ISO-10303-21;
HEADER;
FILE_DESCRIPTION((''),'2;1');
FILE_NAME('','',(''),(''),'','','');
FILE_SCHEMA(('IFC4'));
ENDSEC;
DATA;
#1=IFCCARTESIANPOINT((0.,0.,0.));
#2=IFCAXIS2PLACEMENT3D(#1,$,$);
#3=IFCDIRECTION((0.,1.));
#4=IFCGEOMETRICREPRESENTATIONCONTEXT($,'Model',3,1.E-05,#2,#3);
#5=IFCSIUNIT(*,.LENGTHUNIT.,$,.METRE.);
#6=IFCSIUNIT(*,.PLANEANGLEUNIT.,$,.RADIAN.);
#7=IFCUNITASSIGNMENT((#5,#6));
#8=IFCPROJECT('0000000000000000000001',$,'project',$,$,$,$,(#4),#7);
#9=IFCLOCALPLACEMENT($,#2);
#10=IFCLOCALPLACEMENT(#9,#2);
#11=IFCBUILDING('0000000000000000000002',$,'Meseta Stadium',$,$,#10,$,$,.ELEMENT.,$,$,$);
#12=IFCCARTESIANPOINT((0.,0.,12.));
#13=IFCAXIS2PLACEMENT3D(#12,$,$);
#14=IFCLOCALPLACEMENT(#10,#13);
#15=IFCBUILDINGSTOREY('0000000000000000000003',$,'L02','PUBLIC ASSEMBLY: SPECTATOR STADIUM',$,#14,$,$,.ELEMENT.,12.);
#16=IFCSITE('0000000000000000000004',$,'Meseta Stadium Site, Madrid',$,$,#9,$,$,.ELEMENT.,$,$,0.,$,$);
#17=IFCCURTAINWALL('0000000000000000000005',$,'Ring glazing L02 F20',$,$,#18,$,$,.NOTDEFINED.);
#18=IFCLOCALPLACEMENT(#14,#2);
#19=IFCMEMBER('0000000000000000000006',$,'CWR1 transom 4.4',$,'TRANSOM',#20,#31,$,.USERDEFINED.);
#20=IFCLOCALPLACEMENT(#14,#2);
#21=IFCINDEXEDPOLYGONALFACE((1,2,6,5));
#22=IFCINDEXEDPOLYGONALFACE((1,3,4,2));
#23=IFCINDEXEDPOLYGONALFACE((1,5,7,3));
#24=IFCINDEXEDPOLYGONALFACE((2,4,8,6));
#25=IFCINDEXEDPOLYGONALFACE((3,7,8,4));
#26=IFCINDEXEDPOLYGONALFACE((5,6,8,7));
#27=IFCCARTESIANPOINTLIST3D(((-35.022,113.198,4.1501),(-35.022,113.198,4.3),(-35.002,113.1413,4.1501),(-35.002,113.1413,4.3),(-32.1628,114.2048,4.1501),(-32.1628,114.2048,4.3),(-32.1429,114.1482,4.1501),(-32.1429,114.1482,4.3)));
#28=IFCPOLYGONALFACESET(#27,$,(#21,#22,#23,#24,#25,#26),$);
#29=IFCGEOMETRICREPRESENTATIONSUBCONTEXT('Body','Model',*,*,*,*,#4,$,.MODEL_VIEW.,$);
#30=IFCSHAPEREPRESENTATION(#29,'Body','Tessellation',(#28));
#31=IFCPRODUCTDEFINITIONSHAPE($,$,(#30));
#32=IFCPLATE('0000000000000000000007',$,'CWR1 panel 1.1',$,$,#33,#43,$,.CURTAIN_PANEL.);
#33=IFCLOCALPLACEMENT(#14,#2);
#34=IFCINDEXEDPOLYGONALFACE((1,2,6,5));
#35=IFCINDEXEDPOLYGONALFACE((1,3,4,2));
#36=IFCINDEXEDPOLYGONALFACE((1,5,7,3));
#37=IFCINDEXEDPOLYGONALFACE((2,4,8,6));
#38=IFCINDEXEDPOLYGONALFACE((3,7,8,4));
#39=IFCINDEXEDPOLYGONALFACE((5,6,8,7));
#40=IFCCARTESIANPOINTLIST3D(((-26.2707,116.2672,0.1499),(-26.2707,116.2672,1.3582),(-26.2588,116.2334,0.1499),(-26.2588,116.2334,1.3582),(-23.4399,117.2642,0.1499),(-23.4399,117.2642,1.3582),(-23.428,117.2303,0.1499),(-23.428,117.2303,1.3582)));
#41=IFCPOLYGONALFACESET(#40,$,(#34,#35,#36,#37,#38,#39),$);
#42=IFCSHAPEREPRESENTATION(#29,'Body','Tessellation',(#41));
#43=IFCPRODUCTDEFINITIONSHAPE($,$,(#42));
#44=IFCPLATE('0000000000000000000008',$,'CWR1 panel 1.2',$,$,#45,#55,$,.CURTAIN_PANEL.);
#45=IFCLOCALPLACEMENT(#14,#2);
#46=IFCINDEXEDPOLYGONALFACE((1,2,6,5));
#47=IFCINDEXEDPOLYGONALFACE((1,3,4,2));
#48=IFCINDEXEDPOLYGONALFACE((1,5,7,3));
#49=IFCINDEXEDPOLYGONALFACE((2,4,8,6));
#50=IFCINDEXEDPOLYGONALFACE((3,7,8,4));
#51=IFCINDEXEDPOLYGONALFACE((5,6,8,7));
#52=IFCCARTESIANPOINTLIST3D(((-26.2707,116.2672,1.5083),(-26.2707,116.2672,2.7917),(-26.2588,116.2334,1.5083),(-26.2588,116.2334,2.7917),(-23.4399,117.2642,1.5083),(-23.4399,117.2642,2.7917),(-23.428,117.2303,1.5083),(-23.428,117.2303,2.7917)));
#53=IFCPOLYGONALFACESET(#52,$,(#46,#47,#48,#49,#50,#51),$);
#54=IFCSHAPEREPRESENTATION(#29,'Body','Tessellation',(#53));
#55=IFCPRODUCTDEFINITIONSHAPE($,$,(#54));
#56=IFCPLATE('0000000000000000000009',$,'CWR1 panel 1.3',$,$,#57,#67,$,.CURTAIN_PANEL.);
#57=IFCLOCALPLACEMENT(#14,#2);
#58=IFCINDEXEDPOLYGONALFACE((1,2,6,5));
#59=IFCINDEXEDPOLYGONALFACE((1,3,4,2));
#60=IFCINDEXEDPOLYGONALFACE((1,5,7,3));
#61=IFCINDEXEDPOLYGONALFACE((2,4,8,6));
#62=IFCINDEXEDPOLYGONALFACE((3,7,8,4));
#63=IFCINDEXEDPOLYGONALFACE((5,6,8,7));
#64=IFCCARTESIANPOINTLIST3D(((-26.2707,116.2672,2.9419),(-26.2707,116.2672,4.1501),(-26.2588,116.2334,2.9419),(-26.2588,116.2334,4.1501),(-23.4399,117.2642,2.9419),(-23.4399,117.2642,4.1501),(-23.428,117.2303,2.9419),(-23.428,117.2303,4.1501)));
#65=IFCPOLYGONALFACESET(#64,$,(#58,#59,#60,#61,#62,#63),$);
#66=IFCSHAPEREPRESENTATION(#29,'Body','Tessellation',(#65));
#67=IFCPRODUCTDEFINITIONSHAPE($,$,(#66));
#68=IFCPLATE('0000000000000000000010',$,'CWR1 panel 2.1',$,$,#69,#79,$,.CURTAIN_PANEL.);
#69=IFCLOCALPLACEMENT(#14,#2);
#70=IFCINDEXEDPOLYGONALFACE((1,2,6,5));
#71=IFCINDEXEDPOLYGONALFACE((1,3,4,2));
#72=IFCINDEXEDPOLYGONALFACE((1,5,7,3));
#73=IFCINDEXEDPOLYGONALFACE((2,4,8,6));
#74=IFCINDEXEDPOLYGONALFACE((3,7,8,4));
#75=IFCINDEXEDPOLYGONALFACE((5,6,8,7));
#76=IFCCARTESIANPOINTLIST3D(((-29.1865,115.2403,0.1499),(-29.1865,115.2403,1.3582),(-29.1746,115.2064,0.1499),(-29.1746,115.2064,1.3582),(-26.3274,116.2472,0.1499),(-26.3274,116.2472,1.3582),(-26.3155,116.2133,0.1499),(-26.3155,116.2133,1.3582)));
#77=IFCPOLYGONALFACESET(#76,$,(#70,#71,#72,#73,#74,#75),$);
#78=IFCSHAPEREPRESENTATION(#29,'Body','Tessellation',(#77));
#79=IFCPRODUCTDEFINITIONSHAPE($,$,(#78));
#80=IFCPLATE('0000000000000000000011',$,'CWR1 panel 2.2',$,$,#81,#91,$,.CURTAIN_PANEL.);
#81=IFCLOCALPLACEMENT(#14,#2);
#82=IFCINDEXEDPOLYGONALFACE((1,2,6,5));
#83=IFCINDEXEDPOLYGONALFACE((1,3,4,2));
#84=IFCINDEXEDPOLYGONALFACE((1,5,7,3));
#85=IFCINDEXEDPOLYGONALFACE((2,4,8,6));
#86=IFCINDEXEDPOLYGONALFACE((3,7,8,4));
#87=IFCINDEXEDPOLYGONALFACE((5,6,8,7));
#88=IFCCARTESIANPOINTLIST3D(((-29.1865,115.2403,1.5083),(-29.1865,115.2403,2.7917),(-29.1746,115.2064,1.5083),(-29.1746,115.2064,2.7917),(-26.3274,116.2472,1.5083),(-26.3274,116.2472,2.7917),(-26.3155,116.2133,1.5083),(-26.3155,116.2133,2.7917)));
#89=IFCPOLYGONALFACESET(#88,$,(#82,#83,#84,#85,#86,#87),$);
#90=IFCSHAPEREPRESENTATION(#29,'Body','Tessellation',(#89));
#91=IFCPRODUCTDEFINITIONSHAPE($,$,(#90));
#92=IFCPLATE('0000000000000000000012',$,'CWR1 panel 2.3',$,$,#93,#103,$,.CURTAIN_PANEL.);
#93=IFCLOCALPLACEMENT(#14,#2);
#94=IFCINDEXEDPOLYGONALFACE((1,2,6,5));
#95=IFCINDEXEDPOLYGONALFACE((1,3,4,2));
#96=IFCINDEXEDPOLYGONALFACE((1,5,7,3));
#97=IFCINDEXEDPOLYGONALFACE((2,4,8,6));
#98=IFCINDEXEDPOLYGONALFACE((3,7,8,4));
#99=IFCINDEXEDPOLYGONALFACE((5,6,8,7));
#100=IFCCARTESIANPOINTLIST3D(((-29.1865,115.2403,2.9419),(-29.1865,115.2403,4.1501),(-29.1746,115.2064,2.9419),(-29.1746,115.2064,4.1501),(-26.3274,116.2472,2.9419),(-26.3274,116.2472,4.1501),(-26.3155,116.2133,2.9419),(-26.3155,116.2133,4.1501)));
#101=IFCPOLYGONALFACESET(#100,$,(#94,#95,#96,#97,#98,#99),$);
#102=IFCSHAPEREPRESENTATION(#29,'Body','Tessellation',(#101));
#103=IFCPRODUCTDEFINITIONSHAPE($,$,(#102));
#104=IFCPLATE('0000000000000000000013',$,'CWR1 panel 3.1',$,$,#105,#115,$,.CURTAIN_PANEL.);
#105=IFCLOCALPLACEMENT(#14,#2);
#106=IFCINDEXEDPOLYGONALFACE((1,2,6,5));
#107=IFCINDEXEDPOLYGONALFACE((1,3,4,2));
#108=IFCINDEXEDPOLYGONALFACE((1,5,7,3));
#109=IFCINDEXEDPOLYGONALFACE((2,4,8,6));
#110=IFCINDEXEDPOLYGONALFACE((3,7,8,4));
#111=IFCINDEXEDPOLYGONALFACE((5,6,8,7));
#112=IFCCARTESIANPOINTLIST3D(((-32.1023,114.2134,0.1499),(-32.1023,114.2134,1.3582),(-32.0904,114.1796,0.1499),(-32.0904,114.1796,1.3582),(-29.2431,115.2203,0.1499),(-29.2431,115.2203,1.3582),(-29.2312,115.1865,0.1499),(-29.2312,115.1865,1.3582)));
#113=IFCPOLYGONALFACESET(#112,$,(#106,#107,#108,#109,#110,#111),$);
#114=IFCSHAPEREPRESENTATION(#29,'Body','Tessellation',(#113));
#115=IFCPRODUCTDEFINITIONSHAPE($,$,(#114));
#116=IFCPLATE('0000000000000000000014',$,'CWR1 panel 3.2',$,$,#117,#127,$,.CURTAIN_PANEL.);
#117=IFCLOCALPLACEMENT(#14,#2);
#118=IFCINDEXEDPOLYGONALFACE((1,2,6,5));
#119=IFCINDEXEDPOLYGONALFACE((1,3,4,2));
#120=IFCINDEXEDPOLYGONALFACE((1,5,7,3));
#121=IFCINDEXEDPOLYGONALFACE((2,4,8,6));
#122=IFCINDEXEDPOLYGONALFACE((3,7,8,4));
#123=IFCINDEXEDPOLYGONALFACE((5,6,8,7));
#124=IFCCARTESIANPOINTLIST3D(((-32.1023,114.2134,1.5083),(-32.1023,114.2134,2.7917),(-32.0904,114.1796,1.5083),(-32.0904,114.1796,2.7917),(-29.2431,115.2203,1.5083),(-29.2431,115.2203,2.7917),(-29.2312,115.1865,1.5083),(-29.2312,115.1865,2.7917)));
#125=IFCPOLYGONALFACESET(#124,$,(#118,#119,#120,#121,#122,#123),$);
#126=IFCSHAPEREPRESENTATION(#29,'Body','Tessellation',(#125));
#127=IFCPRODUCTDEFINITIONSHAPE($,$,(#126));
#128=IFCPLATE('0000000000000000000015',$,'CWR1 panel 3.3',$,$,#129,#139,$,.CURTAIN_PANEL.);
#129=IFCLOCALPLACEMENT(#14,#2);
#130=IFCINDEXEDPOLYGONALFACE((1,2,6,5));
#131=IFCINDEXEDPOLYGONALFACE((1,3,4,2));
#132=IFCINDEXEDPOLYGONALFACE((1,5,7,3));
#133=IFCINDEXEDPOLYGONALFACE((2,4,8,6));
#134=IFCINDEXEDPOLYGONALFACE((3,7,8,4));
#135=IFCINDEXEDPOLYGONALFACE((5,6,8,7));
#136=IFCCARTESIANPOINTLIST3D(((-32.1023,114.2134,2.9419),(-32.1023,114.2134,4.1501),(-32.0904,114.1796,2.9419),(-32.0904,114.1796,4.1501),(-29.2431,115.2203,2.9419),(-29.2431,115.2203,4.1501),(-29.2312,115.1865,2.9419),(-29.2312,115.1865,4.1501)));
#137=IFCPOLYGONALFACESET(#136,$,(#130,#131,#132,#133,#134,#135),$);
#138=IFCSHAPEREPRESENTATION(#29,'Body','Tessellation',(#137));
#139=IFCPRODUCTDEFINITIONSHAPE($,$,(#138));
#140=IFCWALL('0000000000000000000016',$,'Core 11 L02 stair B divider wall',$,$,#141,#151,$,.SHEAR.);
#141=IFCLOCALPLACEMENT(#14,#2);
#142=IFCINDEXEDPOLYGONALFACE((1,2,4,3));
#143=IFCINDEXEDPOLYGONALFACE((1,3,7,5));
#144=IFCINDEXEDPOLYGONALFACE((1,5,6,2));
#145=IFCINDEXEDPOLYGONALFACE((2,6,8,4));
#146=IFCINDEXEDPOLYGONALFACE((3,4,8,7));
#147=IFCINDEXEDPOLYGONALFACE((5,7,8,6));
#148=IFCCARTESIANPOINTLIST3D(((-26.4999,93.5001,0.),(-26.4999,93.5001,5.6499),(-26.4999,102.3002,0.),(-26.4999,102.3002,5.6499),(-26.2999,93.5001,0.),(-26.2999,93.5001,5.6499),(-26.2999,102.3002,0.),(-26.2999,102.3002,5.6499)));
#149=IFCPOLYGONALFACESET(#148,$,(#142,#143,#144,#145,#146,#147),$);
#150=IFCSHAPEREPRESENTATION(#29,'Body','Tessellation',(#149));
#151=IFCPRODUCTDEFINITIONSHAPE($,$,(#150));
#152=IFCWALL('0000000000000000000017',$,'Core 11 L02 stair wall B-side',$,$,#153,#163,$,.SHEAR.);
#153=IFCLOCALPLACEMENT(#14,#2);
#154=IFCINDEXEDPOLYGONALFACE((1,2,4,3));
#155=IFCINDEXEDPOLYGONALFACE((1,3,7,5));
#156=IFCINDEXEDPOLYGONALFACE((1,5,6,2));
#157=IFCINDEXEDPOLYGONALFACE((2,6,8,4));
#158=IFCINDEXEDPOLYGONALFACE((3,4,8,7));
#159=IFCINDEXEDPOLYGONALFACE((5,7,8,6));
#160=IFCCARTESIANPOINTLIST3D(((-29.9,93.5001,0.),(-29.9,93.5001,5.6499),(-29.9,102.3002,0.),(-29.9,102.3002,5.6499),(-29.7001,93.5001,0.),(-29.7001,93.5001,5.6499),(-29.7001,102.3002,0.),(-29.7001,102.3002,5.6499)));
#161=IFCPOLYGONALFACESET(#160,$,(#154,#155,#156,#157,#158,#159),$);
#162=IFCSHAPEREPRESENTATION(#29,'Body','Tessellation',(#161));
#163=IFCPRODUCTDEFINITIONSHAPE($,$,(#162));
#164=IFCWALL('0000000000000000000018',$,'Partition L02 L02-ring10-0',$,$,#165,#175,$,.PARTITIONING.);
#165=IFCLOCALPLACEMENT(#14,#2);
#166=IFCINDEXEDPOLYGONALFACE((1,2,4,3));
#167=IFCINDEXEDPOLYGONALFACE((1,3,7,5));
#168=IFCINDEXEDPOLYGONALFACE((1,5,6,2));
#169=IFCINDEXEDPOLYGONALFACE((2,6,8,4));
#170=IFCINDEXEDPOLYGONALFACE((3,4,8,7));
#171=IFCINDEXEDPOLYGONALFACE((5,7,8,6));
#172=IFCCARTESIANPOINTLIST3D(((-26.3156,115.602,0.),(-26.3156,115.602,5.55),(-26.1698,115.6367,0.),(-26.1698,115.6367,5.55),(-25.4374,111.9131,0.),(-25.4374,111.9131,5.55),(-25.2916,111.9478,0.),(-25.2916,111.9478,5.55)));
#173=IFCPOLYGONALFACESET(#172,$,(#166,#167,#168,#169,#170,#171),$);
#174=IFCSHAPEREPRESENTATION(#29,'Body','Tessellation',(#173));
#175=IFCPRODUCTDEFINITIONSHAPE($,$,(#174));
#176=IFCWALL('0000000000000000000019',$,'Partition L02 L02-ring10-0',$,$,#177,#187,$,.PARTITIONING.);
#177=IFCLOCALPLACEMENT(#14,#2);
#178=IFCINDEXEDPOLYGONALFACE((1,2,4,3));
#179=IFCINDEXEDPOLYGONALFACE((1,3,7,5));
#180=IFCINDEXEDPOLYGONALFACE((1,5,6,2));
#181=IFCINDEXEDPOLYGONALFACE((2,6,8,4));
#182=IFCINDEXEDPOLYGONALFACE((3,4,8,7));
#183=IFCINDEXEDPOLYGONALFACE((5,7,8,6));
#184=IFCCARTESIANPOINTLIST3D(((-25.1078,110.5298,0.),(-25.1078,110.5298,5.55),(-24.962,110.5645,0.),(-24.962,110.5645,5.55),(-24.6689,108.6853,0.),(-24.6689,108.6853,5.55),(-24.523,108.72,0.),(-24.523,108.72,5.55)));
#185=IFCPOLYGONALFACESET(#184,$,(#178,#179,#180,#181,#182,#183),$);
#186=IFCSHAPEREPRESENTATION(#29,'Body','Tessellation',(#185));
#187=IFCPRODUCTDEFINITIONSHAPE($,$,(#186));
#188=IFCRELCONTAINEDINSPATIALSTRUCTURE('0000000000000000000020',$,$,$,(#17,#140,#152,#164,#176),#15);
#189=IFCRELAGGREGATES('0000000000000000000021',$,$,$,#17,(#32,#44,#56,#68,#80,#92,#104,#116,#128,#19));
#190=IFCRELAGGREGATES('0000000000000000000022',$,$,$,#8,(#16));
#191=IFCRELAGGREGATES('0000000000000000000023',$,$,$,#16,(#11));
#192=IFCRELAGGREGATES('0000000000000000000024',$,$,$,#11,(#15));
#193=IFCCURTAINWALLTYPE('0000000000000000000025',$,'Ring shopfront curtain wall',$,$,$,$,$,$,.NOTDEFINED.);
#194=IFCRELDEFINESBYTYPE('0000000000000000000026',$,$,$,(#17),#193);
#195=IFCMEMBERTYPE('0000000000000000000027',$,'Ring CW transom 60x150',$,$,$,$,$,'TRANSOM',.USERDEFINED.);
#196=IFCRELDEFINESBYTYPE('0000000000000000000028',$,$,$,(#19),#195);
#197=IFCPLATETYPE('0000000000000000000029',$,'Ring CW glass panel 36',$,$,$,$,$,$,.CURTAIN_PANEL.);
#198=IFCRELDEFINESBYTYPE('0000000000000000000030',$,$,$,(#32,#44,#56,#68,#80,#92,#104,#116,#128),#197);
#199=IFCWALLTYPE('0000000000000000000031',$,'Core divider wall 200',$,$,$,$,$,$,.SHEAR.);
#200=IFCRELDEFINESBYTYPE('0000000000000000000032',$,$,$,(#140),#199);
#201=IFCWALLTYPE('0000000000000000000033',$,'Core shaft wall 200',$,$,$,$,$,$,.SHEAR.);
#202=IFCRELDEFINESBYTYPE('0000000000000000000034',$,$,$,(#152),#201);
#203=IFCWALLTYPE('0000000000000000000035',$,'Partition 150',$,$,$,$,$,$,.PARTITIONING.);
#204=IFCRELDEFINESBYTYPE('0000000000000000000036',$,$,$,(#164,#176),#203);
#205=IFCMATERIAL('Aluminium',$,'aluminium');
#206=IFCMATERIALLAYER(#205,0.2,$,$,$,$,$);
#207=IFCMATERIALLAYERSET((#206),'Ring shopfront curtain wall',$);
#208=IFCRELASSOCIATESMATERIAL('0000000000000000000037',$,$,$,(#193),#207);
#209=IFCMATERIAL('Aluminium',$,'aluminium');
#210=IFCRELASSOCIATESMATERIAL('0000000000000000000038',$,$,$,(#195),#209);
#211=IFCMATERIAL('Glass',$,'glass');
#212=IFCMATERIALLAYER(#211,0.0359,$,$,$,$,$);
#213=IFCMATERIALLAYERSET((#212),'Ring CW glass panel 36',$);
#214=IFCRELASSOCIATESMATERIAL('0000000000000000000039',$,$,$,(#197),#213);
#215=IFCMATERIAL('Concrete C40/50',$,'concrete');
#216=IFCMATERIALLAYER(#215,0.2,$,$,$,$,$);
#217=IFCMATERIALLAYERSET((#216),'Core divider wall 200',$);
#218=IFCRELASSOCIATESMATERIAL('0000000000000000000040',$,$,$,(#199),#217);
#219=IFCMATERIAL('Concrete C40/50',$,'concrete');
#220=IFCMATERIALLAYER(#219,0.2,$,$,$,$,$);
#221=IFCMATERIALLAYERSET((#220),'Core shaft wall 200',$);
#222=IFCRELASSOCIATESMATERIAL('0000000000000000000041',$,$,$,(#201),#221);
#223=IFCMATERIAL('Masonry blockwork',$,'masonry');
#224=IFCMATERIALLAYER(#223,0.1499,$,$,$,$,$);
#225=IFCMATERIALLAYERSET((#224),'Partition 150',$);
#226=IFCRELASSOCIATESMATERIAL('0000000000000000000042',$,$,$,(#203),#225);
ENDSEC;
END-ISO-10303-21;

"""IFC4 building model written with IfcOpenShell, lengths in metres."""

from ifc_helpers import new_model, si_unit, direction, frame, frame_2d, origin, origin_2d, place, context, subcontext, project, spatial, rectangle, extrude, material, layer, layer_set, material_profile, profile_set, type_object, element, aggregate, save


model = new_model("IFC4")

# Units and contexts
model_context = context("Model", 3, precision=1e-05, world=origin(), true_north=direction((0.0, 1.0)))
body_context = subcontext(model_context, "Body", "Model", "MODEL_VIEW")
ifc_project = project(units=[si_unit("LENGTHUNIT", "METRE"), si_unit("PLANEANGLEUNIT", "RADIAN")], contexts=[model_context])

# Site, building, storey
site_placement = place(None, origin())
site = spatial("IfcSite", under=ifc_project, at=site_placement, Name="Meseta Stadium Site, Madrid", CompositionType="ELEMENT", RefElevation=0.0)
building_placement = place(site_placement, origin())
building = spatial("IfcBuilding", under=site, at=building_placement, Name="Meseta Stadium", CompositionType="ELEMENT")
storey_placement = place(building_placement, frame((0.0, 0.0, 12.0)))
storey = spatial("IfcBuildingStorey", under=building, at=storey_placement, Name="L02", Description="PUBLIC ASSEMBLY: SPECTATOR STADIUM", CompositionType="ELEMENT", Elevation=12.0)

# Curtain wall, member, plates
ifc_material_1 = material(Name="Aluminium", Category="aluminium")
ifc_layer_1 = layer(ifc_material_1, 0.2)
ifc_layer_set_1 = layer_set([ifc_layer_1], Name="Ring shopfront curtain wall")
curtain_wall_type = type_object("IfcCurtainWallType", Name="Ring shopfront curtain wall", PredefinedType="NOTDEFINED", material=ifc_layer_set_1)
curtain_wall_placement = place(storey_placement, origin())
curtain_wall = element("IfcCurtainWall", 1, at=curtain_wall_placement, inside=storey, type_object=curtain_wall_type, Name="Ring glazing L02 F20", PredefinedType="NOTDEFINED")
ifc_material_2 = material(Name="Aluminium", Category="aluminium")
ifc_material_profile_1 = material_profile(ifc_material_2, rectangle(XDim=0.0601, YDim=0.1499, at=origin_2d()), Name="CW 60x150")
ifc_profile_set_1 = profile_set([ifc_material_profile_1], Name="Aluminium")
member_type_1 = type_object("IfcMemberType", Name="Ring CW transom 60x150", ElementType="TRANSOM", PredefinedType="USERDEFINED", material=ifc_profile_set_1)
member_1_placement = place(storey_placement, frame((-32.1528, 114.1765, 4.2251), z_axis=(-0.943225, -0.332154, 0.0), x_axis=(0.332154, -0.943225, 0.0)))
member_1 = element("IfcMember", 2, at=member_1_placement, type_object=member_type_1, Name="CWR1 transom 4.4", ObjectType="TRANSOM", PredefinedType="USERDEFINED", context=body_context, shape_type="SweptSolid", body=[
    extrude(rectangle(XDim=0.0601, YDim=0.1499, at=origin_2d()), origin(), (0.0, 0.0, 1.0), 3.0312),
])
ifc_material_3 = material(Name="Glass", Category="glass")
ifc_layer_2 = layer(ifc_material_3, 0.0359)
ifc_layer_set_2 = layer_set([ifc_layer_2], Name="Ring CW glass panel 36")
plate_type = type_object("IfcPlateType", Name="Ring CW glass panel 36", PredefinedType="CURTAIN_PANEL", material=ifc_layer_set_2)
plate_1_placement = place(storey_placement, frame((-24.8494, 116.7488, 0.1499), z_axis=(0.0, 0.0, 1.0), x_axis=(-0.943218, -0.332174, 0.0)))
plate_1 = element("IfcPlate", 3, at=plate_1_placement, type_object=plate_type, Name="CWR1 panel 1.1", PredefinedType="CURTAIN_PANEL", context=body_context, shape_type="SweptSolid", body=[
    extrude(rectangle(XDim=3.0012, YDim=0.0359, at=origin_2d()), origin(), (0.0, 0.0, 1.0), 1.2083),
])
plate_2_placement = place(storey_placement, frame((-24.8494, 116.7488, 1.5083), z_axis=(0.0, 0.0, 1.0), x_axis=(-0.943218, -0.332174, 0.0)))
plate_2 = element("IfcPlate", 4, at=plate_2_placement, type_object=plate_type, Name="CWR1 panel 1.2", PredefinedType="CURTAIN_PANEL", context=body_context, shape_type="SweptSolid", body=[
    extrude(rectangle(XDim=3.0012, YDim=0.0359, at=origin_2d()), origin(), (0.0, 0.0, 1.0), 1.2834),
])
plate_3_placement = place(storey_placement, frame((-24.8494, 116.7488, 2.9419), z_axis=(0.0, 0.0, 1.0), x_axis=(-0.943218, -0.332174, 0.0)))
plate_3 = element("IfcPlate", 5, at=plate_3_placement, type_object=plate_type, Name="CWR1 panel 1.3", PredefinedType="CURTAIN_PANEL", context=body_context, shape_type="SweptSolid", body=[
    extrude(rectangle(XDim=3.0012, YDim=0.0359, at=origin_2d()), origin(), (0.0, 0.0, 1.0), 1.2083),
])
plate_4_placement = place(storey_placement, frame((-27.751, 115.7268, 0.1499), z_axis=(0.0, 0.0, 1.0), x_axis=(-0.943218, -0.332174, 0.0)))
plate_4 = element("IfcPlate", 6, at=plate_4_placement, type_object=plate_type, Name="CWR1 panel 2.1", PredefinedType="CURTAIN_PANEL", context=body_context, shape_type="SweptSolid", body=[
    extrude(rectangle(XDim=3.0312, YDim=0.0359, at=origin_2d()), origin(), (0.0, 0.0, 1.0), 1.2083),
])
plate_5_placement = place(storey_placement, frame((-27.751, 115.7268, 1.5083), z_axis=(0.0, 0.0, 1.0), x_axis=(-0.943218, -0.332174, 0.0)))
plate_5 = element("IfcPlate", 7, at=plate_5_placement, type_object=plate_type, Name="CWR1 panel 2.2", PredefinedType="CURTAIN_PANEL", context=body_context, shape_type="SweptSolid", body=[
    extrude(rectangle(XDim=3.0312, YDim=0.0359, at=origin_2d()), origin(), (0.0, 0.0, 1.0), 1.2834),
])
plate_6_placement = place(storey_placement, frame((-27.751, 115.7268, 2.9419), z_axis=(0.0, 0.0, 1.0), x_axis=(-0.943218, -0.332174, 0.0)))
plate_6 = element("IfcPlate", 8, at=plate_6_placement, type_object=plate_type, Name="CWR1 panel 2.3", PredefinedType="CURTAIN_PANEL", context=body_context, shape_type="SweptSolid", body=[
    extrude(rectangle(XDim=3.0312, YDim=0.0359, at=origin_2d()), origin(), (0.0, 0.0, 1.0), 1.2083),
])
plate_7_placement = place(storey_placement, frame((-30.6667, 114.7, 0.1499), z_axis=(0.0, 0.0, 1.0), x_axis=(-0.943218, -0.332174, 0.0)))
plate_7 = element("IfcPlate", 9, at=plate_7_placement, type_object=plate_type, Name="CWR1 panel 3.1", PredefinedType="CURTAIN_PANEL", context=body_context, shape_type="SweptSolid", body=[
    extrude(rectangle(XDim=3.0312, YDim=0.0359, at=origin_2d()), origin(), (0.0, 0.0, 1.0), 1.2083),
])
plate_8_placement = place(storey_placement, frame((-30.6667, 114.7, 1.5083), z_axis=(0.0, 0.0, 1.0), x_axis=(-0.943218, -0.332174, 0.0)))
plate_8 = element("IfcPlate", 10, at=plate_8_placement, type_object=plate_type, Name="CWR1 panel 3.2", PredefinedType="CURTAIN_PANEL", context=body_context, shape_type="SweptSolid", body=[
    extrude(rectangle(XDim=3.0312, YDim=0.0359, at=origin_2d()), origin(), (0.0, 0.0, 1.0), 1.2834),
])
plate_9_placement = place(storey_placement, frame((-30.6667, 114.7, 2.9419), z_axis=(0.0, 0.0, 1.0), x_axis=(-0.943218, -0.332174, 0.0)))
plate_9 = element("IfcPlate", 11, at=plate_9_placement, type_object=plate_type, Name="CWR1 panel 3.3", PredefinedType="CURTAIN_PANEL", context=body_context, shape_type="SweptSolid", body=[
    extrude(rectangle(XDim=3.0312, YDim=0.0359, at=origin_2d()), origin(), (0.0, 0.0, 1.0), 1.2083),
])
aggregate(curtain_wall, [plate_1, plate_2, plate_3, plate_4, plate_5, plate_6, plate_7, plate_8, plate_9, member_1])

# Walls
ifc_material_4 = material(Name="Concrete C40/50", Category="concrete")
ifc_layer_3 = layer(ifc_material_4, 0.2)
ifc_layer_set_3 = layer_set([ifc_layer_3], Name="Core divider wall 200")
wall_type_1 = type_object("IfcWallType", Name="Core divider wall 200", PredefinedType="SHEAR", material=ifc_layer_set_3)
wall_1_placement = place(storey_placement, frame((-26.3999, 102.3, 0.0), z_axis=(0.0, 0.0, 1.0), x_axis=(0.0, -1.0, 0.0)))
element("IfcWall", 12, at=wall_1_placement, inside=storey, type_object=wall_type_1, Name="Core 11 L02 stair B divider wall", PredefinedType="SHEAR", context=body_context, shape_type="SweptSolid", body=[
    extrude(rectangle(XDim=8.8, YDim=0.2, at=frame_2d((4.3999, 0.0))), origin(), (0.0, 0.0, 1.0), 5.6499),
])
ifc_material_5 = material(Name="Concrete C40/50", Category="concrete")
ifc_layer_4 = layer(ifc_material_5, 0.2)
ifc_layer_set_4 = layer_set([ifc_layer_4], Name="Core shaft wall 200")
wall_type_2 = type_object("IfcWallType", Name="Core shaft wall 200", PredefinedType="SHEAR", material=ifc_layer_set_4)
wall_2_placement = place(storey_placement, frame((-29.8, 102.3, 0.0), z_axis=(0.0, 0.0, 1.0), x_axis=(0.0, -1.0, 0.0)))
element("IfcWall", 13, at=wall_2_placement, inside=storey, type_object=wall_type_2, Name="Core 11 L02 stair wall B-side", PredefinedType="SHEAR", context=body_context, shape_type="SweptSolid", body=[
    extrude(rectangle(XDim=8.8, YDim=0.2, at=frame_2d((4.3999, 0.0))), origin(), (0.0, 0.0, 1.0), 5.6499),
])
ifc_material_6 = material(Name="Masonry blockwork", Category="masonry")
ifc_layer_5 = layer(ifc_material_6, 0.1499)
ifc_layer_set_5 = layer_set([ifc_layer_5], Name="Partition 150")
wall_type_3 = type_object("IfcWallType", Name="Partition 150", PredefinedType="PARTITIONING", material=ifc_layer_set_5)
wall_3_placement = place(storey_placement, frame((-26.2427, 115.6194, 0.0), z_axis=(0.0, 0.0, 1.0), x_axis=(0.231583, -0.972815, 0.0)))
element("IfcWall", 14, at=wall_3_placement, inside=storey, type_object=wall_type_3, Name="Partition L02 L02-ring10-0", PredefinedType="PARTITIONING", context=body_context, shape_type="SweptSolid", body=[
    extrude(rectangle(XDim=3.792, YDim=0.1499, at=frame_2d((1.896, 0.0))), origin(), (0.0, 0.0, 1.0), 5.55),
])
wall_4_placement = place(storey_placement, frame((-25.0349, 110.5471, 0.0), z_axis=(0.0, 0.0, 1.0), x_axis=(0.231522, -0.97283, 0.0)))
element("IfcWall", 15, at=wall_4_placement, inside=storey, type_object=wall_type_3, Name="Partition L02 L02-ring10-0", PredefinedType="PARTITIONING", context=body_context, shape_type="SweptSolid", body=[
    extrude(rectangle(XDim=1.896, YDim=0.1499, at=frame_2d((0.948, 0.0))), origin(), (0.0, 0.0, 1.0), 5.55),
])

save(model, "model.ifc")
